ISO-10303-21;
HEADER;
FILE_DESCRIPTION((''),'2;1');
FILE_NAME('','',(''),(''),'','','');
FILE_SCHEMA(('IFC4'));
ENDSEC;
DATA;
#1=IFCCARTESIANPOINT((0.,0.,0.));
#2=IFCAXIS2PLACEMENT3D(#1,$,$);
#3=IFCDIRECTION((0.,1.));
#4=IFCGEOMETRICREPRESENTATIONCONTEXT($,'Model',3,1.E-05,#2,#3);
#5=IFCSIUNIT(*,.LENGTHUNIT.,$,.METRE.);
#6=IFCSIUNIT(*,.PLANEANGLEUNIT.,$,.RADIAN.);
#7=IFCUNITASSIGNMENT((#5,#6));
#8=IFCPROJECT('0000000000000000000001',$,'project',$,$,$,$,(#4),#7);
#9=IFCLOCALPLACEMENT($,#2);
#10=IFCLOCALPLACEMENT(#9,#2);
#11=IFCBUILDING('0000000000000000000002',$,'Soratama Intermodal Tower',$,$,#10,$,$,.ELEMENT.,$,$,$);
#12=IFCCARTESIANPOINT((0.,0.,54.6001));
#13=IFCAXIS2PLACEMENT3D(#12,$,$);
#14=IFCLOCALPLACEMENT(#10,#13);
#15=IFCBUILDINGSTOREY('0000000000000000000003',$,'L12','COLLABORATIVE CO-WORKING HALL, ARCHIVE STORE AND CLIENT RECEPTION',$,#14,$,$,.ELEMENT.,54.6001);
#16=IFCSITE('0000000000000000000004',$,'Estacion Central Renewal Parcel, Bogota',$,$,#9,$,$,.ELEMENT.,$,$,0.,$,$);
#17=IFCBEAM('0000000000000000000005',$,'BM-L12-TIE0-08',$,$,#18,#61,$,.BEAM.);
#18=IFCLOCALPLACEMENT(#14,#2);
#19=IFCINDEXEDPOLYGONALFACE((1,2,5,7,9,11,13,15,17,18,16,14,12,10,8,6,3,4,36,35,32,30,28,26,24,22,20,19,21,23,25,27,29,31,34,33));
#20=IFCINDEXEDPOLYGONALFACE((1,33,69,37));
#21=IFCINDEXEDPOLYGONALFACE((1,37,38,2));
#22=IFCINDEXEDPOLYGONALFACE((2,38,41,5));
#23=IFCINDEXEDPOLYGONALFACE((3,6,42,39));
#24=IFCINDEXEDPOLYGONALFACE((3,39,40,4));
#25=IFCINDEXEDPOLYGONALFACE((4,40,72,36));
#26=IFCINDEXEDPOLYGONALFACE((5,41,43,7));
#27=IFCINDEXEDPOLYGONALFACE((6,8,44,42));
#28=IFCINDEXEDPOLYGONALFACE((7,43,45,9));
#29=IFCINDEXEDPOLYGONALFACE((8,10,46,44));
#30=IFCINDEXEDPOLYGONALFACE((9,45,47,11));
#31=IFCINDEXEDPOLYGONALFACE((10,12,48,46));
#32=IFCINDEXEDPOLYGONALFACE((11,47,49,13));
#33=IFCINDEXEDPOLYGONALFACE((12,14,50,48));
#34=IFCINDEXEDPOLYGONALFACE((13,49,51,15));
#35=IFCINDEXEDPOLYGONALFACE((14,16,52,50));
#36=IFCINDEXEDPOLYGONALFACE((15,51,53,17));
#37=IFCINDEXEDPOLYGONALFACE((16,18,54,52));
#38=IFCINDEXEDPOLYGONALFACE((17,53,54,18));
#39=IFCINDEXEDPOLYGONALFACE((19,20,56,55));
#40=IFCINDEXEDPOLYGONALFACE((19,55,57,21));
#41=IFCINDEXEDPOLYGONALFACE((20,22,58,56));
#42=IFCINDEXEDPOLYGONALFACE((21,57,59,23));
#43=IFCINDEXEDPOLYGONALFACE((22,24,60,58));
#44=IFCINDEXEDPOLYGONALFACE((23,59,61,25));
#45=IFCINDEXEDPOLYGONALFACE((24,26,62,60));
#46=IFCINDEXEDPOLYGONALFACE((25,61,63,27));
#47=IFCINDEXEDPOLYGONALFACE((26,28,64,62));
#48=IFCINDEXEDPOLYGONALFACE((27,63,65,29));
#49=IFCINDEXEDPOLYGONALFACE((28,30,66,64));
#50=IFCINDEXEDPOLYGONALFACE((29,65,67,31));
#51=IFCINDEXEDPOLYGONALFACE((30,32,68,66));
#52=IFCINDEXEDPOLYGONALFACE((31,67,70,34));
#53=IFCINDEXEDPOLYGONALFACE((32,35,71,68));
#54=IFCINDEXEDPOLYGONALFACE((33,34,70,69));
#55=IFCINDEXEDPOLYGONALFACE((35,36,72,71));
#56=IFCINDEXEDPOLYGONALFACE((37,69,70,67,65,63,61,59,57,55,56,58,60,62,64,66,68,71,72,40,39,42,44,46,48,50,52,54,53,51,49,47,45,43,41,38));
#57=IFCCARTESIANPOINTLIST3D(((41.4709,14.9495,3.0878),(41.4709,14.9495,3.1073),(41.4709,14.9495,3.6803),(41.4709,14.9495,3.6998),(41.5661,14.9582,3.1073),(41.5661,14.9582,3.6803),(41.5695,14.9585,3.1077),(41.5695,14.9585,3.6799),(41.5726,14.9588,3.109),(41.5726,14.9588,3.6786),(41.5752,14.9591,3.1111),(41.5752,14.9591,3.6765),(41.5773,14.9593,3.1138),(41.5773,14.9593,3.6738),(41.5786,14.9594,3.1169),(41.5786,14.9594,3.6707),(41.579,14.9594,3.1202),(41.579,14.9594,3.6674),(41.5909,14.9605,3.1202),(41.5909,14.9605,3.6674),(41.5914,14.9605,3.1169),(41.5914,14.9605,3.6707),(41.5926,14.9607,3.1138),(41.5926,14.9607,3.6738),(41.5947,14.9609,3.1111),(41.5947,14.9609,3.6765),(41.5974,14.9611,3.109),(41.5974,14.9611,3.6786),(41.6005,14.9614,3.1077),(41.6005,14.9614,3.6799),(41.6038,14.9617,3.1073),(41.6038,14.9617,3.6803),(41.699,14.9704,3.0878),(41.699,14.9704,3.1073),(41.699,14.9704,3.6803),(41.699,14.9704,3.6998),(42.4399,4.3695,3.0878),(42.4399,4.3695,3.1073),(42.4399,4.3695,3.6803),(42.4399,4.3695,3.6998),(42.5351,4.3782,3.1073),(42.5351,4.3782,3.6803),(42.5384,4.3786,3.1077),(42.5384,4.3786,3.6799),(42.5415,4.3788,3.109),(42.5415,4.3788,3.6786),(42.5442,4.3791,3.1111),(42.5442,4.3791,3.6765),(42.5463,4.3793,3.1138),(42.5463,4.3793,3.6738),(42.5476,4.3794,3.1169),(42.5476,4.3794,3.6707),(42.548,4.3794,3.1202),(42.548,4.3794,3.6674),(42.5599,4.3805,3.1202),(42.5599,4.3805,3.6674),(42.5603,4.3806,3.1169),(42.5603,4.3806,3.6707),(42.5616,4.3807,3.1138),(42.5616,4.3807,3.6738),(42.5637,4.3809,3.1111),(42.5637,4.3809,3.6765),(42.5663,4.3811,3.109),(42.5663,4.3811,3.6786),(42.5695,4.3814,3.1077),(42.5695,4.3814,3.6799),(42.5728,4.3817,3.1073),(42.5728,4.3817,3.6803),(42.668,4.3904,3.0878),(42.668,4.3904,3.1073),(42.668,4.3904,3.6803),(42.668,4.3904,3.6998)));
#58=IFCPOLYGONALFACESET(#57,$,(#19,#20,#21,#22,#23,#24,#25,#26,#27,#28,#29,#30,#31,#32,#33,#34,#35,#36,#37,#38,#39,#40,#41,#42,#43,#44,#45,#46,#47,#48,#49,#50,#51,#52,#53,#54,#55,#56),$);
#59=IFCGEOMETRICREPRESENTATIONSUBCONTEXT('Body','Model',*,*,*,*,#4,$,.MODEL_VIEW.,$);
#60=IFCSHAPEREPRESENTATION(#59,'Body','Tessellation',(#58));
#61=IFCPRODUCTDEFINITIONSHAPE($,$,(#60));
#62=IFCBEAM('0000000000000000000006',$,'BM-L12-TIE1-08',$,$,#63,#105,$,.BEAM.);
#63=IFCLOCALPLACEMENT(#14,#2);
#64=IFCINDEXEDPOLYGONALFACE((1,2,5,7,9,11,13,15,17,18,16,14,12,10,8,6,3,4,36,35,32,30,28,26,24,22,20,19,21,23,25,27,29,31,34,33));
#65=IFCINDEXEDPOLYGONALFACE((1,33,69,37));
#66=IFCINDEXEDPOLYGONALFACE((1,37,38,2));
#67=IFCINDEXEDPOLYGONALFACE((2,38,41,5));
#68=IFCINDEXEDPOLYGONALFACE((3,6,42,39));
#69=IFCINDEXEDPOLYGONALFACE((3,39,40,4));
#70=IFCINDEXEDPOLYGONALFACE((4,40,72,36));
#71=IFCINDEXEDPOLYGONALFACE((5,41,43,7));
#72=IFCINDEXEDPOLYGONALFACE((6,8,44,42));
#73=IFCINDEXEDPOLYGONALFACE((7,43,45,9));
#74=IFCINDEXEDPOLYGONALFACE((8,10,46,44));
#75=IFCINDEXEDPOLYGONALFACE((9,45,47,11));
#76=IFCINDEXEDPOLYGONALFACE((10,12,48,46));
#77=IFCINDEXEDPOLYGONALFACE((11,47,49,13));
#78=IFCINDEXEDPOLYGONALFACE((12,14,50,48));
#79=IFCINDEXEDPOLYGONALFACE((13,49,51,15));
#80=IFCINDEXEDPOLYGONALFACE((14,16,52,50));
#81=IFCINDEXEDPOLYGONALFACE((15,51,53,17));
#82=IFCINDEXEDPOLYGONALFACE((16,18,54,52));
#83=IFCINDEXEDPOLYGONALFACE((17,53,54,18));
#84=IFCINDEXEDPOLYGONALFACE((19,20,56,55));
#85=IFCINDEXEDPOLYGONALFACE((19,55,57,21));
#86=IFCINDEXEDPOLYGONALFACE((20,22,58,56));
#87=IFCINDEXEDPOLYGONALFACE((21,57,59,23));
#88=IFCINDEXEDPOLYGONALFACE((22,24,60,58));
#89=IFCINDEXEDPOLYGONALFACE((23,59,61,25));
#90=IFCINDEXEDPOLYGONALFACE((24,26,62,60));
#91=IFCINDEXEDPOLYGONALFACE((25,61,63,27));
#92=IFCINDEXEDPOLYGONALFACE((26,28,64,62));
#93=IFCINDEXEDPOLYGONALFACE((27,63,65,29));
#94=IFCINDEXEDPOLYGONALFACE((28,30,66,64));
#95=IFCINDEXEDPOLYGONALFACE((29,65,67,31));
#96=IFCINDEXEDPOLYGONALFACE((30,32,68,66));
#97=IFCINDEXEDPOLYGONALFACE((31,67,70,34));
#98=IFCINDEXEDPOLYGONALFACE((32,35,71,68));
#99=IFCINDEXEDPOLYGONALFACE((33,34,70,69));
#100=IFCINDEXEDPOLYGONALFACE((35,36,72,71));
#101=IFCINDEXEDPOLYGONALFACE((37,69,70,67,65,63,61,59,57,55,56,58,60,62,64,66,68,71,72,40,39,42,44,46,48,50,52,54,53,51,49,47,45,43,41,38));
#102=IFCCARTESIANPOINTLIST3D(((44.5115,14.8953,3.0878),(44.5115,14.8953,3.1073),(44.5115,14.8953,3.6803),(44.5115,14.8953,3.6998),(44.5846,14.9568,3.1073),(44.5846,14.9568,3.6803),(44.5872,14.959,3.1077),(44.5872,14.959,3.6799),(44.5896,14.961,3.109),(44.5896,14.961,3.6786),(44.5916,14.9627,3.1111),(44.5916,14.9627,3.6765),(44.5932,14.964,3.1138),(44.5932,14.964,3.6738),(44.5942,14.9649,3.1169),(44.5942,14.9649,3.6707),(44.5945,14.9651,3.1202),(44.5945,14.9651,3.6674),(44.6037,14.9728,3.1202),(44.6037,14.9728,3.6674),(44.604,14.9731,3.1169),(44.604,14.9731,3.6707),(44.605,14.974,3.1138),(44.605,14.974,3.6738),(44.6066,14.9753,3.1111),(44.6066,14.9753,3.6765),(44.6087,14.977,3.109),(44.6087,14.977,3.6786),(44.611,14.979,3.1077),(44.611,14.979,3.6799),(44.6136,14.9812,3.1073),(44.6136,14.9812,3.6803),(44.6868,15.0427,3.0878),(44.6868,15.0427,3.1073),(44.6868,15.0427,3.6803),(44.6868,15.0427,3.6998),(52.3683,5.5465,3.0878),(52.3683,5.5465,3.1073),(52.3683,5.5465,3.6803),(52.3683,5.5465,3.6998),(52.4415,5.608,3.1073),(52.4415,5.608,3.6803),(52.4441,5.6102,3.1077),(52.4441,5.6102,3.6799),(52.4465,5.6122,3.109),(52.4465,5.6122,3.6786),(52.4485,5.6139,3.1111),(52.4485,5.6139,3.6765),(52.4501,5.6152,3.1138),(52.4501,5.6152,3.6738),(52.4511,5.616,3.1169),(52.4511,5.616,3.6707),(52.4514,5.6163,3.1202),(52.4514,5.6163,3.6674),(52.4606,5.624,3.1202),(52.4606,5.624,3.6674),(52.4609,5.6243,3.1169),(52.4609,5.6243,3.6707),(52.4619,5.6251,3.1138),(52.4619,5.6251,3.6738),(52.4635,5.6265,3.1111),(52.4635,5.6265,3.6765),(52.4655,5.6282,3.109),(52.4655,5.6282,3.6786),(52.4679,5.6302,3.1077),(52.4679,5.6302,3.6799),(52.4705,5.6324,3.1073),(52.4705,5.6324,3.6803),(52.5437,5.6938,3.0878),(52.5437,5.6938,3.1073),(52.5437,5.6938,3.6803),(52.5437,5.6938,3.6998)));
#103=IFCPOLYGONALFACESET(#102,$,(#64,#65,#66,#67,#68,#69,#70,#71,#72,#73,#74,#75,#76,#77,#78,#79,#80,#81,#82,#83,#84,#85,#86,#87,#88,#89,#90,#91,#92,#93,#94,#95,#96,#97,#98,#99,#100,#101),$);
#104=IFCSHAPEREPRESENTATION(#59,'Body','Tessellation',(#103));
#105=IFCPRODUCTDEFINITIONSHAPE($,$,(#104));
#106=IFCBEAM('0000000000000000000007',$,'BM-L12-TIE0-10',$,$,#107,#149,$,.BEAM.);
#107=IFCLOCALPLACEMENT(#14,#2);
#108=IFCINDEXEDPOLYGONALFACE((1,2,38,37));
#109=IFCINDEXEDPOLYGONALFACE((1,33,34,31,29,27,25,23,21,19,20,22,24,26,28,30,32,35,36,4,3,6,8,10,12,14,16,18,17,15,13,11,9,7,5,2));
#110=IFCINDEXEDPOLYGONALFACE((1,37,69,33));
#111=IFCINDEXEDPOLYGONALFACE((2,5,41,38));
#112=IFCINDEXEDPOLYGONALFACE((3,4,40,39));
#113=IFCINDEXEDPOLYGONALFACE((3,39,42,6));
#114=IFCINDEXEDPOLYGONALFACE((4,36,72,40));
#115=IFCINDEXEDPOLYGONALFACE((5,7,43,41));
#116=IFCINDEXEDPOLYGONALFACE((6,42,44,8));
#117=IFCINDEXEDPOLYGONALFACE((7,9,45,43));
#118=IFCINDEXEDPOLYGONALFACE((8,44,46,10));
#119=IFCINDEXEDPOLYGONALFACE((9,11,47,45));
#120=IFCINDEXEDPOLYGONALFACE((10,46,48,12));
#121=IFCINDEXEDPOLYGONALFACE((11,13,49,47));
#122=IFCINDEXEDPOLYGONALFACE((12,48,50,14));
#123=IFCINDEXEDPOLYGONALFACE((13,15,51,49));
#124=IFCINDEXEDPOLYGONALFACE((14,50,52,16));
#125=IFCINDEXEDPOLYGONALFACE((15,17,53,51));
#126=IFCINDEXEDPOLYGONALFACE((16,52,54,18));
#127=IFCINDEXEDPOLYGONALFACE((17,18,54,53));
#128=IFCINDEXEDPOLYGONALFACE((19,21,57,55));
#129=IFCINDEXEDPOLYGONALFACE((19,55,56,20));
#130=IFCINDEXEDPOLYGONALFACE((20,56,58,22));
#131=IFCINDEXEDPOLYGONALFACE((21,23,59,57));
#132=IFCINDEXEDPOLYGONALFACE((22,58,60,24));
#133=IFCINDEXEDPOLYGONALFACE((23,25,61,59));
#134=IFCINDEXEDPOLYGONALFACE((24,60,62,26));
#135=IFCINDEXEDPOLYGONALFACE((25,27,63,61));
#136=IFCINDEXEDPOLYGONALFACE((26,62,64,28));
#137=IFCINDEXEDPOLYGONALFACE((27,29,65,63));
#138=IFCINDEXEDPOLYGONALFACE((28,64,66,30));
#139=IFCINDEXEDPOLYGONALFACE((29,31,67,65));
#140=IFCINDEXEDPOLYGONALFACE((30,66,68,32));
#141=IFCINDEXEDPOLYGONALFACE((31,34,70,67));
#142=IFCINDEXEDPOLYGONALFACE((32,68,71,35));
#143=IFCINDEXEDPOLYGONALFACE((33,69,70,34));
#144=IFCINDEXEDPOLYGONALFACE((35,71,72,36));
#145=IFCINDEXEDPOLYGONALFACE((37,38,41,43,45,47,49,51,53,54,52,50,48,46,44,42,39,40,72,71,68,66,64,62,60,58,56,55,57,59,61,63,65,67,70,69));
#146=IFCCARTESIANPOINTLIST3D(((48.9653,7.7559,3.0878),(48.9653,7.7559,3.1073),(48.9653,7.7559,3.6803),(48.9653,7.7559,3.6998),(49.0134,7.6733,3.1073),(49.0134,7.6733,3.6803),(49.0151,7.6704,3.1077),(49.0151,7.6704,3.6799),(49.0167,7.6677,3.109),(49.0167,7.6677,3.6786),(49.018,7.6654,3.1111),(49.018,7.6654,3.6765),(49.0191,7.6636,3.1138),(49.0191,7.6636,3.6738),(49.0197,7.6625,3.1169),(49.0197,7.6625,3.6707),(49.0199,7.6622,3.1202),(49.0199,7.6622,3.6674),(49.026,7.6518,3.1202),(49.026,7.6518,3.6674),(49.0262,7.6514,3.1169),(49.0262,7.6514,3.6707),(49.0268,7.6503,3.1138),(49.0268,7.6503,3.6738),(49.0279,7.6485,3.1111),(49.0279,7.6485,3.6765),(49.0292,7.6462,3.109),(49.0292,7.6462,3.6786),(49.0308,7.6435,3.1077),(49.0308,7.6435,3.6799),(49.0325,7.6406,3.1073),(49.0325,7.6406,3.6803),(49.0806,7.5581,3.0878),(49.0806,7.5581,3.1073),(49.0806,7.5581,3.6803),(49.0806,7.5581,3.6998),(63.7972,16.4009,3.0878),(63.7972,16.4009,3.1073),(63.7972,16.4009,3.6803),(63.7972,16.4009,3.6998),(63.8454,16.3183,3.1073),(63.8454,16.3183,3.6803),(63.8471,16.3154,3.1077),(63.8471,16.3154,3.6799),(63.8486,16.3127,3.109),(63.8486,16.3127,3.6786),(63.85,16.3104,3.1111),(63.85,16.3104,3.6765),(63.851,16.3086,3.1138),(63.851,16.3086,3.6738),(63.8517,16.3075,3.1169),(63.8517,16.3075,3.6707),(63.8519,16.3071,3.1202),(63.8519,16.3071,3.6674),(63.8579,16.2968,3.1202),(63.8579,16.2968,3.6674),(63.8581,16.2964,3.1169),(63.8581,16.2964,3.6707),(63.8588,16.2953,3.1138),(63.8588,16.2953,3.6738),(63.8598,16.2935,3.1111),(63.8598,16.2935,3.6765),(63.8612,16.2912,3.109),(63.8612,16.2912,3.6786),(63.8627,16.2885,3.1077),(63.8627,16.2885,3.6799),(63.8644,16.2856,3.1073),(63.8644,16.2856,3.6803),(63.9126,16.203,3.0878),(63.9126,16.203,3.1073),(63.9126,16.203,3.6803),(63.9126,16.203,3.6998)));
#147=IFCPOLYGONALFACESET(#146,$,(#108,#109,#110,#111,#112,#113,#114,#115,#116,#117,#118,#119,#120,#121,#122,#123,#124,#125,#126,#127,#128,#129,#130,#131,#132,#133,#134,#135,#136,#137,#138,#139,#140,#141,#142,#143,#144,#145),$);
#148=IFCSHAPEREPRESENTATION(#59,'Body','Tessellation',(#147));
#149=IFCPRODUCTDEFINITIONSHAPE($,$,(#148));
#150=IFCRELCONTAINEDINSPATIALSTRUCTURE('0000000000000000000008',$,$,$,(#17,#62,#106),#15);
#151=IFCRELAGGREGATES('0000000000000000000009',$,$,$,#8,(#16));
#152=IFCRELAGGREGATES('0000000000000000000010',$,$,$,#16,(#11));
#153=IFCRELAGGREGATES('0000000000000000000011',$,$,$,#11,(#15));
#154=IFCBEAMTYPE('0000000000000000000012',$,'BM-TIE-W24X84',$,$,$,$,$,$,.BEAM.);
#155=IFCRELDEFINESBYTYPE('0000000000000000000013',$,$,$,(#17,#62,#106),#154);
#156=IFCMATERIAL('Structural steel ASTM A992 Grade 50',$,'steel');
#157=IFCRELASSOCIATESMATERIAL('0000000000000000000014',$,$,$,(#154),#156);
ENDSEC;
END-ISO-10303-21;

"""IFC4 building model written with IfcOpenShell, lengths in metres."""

from ifc_helpers import new_model, si_unit, direction, frame, origin, origin_2d, place, context, subcontext, project, spatial, i_section, extrude, material, material_profile, profile_set, type_object, element, save


model = new_model("IFC4")

# Units and contexts
model_context = context("Model", 3, precision=1e-05, world=origin(), true_north=direction((0.0, 1.0)))
body_context = subcontext(model_context, "Body", "Model", "MODEL_VIEW")
ifc_project = project(units=[si_unit("LENGTHUNIT", "METRE"), si_unit("PLANEANGLEUNIT", "RADIAN")], contexts=[model_context])

# Site, building, storey
site_placement = place(None, origin())
site = spatial("IfcSite", under=ifc_project, at=site_placement, Name="Estacion Central Renewal Parcel, Bogota", CompositionType="ELEMENT", RefElevation=0.0)
building_placement = place(site_placement, origin())
building = spatial("IfcBuilding", under=site, at=building_placement, Name="Soratama Intermodal Tower", CompositionType="ELEMENT")
storey_placement = place(building_placement, frame((0.0, 0.0, 54.6001)))
storey = spatial("IfcBuildingStorey", under=building, at=storey_placement, Name="L12", Description="COLLABORATIVE CO-WORKING HALL, ARCHIVE STORE AND CLIENT RECEPTION", CompositionType="ELEMENT", Elevation=54.6001)

# Beams
ifc_material_1 = material(Name="Structural steel ASTM A992 Grade 50", Category="steel")
ifc_material_profile_1 = material_profile(ifc_material_1, i_section(OverallWidth=0.229, OverallDepth=0.6121, WebThickness=0.012, FlangeThickness=0.0195, FilletRadius=0.0129, at=origin_2d()), Name="W24X84")
ifc_profile_set_1 = profile_set([ifc_material_profile_1], Name="Structural steel ASTM A992 Grade 50")
beam_type_1 = type_object("IfcBeamType", Name="BM-TIE-W24X84", PredefinedType="BEAM", material=ifc_profile_set_1)
beam_1_placement = place(storey_placement, frame((41.585, 14.96, 3.3938), z_axis=(0.091205, -0.995832, 0.0), x_axis=(0.995832, 0.091205, 0.0)))
element("IfcBeam", 1, at=beam_1_placement, inside=storey, type_object=beam_type_1, Name="BM-L12-TIE0-08", PredefinedType="BEAM", context=body_context, shape_type="SweptSolid", body=[
    extrude(i_section(OverallWidth=0.229, OverallDepth=0.6121, WebThickness=0.012, FlangeThickness=0.0195, FilletRadius=0.0129, at=origin_2d()), origin(), (0.0, 0.0, 1.0), 10.6243),
])
beam_2_placement = place(storey_placement, frame((44.5991, 14.969, 3.3938), z_axis=(0.643378, -0.765548, 0.0), x_axis=(0.765548, 0.643378, 0.0)))
element("IfcBeam", 2, at=beam_2_placement, inside=storey, type_object=beam_type_1, Name="BM-L12-TIE1-08", PredefinedType="BEAM", context=body_context, shape_type="SweptSolid", body=[
    extrude(i_section(OverallWidth=0.229, OverallDepth=0.6121, WebThickness=0.012, FlangeThickness=0.0195, FilletRadius=0.0129, at=origin_2d()), origin(), (0.0, 0.0, 1.0), 12.2119),
])
beam_3_placement = place(storey_placement, frame((49.0229, 7.657, 3.3938), z_axis=(0.863956, 0.503567, 0.0), x_axis=(-0.503567, 0.863956, 0.0)))
element("IfcBeam", 3, at=beam_3_placement, inside=storey, type_object=beam_type_1, Name="BM-L12-TIE0-10", PredefinedType="BEAM", context=body_context, shape_type="SweptSolid", body=[
    extrude(i_section(OverallWidth=0.229, OverallDepth=0.6121, WebThickness=0.012, FlangeThickness=0.0195, FilletRadius=0.0129, at=origin_2d()), origin(), (0.0, 0.0, 1.0), 17.1675),
])

save(model, "model.ifc")
